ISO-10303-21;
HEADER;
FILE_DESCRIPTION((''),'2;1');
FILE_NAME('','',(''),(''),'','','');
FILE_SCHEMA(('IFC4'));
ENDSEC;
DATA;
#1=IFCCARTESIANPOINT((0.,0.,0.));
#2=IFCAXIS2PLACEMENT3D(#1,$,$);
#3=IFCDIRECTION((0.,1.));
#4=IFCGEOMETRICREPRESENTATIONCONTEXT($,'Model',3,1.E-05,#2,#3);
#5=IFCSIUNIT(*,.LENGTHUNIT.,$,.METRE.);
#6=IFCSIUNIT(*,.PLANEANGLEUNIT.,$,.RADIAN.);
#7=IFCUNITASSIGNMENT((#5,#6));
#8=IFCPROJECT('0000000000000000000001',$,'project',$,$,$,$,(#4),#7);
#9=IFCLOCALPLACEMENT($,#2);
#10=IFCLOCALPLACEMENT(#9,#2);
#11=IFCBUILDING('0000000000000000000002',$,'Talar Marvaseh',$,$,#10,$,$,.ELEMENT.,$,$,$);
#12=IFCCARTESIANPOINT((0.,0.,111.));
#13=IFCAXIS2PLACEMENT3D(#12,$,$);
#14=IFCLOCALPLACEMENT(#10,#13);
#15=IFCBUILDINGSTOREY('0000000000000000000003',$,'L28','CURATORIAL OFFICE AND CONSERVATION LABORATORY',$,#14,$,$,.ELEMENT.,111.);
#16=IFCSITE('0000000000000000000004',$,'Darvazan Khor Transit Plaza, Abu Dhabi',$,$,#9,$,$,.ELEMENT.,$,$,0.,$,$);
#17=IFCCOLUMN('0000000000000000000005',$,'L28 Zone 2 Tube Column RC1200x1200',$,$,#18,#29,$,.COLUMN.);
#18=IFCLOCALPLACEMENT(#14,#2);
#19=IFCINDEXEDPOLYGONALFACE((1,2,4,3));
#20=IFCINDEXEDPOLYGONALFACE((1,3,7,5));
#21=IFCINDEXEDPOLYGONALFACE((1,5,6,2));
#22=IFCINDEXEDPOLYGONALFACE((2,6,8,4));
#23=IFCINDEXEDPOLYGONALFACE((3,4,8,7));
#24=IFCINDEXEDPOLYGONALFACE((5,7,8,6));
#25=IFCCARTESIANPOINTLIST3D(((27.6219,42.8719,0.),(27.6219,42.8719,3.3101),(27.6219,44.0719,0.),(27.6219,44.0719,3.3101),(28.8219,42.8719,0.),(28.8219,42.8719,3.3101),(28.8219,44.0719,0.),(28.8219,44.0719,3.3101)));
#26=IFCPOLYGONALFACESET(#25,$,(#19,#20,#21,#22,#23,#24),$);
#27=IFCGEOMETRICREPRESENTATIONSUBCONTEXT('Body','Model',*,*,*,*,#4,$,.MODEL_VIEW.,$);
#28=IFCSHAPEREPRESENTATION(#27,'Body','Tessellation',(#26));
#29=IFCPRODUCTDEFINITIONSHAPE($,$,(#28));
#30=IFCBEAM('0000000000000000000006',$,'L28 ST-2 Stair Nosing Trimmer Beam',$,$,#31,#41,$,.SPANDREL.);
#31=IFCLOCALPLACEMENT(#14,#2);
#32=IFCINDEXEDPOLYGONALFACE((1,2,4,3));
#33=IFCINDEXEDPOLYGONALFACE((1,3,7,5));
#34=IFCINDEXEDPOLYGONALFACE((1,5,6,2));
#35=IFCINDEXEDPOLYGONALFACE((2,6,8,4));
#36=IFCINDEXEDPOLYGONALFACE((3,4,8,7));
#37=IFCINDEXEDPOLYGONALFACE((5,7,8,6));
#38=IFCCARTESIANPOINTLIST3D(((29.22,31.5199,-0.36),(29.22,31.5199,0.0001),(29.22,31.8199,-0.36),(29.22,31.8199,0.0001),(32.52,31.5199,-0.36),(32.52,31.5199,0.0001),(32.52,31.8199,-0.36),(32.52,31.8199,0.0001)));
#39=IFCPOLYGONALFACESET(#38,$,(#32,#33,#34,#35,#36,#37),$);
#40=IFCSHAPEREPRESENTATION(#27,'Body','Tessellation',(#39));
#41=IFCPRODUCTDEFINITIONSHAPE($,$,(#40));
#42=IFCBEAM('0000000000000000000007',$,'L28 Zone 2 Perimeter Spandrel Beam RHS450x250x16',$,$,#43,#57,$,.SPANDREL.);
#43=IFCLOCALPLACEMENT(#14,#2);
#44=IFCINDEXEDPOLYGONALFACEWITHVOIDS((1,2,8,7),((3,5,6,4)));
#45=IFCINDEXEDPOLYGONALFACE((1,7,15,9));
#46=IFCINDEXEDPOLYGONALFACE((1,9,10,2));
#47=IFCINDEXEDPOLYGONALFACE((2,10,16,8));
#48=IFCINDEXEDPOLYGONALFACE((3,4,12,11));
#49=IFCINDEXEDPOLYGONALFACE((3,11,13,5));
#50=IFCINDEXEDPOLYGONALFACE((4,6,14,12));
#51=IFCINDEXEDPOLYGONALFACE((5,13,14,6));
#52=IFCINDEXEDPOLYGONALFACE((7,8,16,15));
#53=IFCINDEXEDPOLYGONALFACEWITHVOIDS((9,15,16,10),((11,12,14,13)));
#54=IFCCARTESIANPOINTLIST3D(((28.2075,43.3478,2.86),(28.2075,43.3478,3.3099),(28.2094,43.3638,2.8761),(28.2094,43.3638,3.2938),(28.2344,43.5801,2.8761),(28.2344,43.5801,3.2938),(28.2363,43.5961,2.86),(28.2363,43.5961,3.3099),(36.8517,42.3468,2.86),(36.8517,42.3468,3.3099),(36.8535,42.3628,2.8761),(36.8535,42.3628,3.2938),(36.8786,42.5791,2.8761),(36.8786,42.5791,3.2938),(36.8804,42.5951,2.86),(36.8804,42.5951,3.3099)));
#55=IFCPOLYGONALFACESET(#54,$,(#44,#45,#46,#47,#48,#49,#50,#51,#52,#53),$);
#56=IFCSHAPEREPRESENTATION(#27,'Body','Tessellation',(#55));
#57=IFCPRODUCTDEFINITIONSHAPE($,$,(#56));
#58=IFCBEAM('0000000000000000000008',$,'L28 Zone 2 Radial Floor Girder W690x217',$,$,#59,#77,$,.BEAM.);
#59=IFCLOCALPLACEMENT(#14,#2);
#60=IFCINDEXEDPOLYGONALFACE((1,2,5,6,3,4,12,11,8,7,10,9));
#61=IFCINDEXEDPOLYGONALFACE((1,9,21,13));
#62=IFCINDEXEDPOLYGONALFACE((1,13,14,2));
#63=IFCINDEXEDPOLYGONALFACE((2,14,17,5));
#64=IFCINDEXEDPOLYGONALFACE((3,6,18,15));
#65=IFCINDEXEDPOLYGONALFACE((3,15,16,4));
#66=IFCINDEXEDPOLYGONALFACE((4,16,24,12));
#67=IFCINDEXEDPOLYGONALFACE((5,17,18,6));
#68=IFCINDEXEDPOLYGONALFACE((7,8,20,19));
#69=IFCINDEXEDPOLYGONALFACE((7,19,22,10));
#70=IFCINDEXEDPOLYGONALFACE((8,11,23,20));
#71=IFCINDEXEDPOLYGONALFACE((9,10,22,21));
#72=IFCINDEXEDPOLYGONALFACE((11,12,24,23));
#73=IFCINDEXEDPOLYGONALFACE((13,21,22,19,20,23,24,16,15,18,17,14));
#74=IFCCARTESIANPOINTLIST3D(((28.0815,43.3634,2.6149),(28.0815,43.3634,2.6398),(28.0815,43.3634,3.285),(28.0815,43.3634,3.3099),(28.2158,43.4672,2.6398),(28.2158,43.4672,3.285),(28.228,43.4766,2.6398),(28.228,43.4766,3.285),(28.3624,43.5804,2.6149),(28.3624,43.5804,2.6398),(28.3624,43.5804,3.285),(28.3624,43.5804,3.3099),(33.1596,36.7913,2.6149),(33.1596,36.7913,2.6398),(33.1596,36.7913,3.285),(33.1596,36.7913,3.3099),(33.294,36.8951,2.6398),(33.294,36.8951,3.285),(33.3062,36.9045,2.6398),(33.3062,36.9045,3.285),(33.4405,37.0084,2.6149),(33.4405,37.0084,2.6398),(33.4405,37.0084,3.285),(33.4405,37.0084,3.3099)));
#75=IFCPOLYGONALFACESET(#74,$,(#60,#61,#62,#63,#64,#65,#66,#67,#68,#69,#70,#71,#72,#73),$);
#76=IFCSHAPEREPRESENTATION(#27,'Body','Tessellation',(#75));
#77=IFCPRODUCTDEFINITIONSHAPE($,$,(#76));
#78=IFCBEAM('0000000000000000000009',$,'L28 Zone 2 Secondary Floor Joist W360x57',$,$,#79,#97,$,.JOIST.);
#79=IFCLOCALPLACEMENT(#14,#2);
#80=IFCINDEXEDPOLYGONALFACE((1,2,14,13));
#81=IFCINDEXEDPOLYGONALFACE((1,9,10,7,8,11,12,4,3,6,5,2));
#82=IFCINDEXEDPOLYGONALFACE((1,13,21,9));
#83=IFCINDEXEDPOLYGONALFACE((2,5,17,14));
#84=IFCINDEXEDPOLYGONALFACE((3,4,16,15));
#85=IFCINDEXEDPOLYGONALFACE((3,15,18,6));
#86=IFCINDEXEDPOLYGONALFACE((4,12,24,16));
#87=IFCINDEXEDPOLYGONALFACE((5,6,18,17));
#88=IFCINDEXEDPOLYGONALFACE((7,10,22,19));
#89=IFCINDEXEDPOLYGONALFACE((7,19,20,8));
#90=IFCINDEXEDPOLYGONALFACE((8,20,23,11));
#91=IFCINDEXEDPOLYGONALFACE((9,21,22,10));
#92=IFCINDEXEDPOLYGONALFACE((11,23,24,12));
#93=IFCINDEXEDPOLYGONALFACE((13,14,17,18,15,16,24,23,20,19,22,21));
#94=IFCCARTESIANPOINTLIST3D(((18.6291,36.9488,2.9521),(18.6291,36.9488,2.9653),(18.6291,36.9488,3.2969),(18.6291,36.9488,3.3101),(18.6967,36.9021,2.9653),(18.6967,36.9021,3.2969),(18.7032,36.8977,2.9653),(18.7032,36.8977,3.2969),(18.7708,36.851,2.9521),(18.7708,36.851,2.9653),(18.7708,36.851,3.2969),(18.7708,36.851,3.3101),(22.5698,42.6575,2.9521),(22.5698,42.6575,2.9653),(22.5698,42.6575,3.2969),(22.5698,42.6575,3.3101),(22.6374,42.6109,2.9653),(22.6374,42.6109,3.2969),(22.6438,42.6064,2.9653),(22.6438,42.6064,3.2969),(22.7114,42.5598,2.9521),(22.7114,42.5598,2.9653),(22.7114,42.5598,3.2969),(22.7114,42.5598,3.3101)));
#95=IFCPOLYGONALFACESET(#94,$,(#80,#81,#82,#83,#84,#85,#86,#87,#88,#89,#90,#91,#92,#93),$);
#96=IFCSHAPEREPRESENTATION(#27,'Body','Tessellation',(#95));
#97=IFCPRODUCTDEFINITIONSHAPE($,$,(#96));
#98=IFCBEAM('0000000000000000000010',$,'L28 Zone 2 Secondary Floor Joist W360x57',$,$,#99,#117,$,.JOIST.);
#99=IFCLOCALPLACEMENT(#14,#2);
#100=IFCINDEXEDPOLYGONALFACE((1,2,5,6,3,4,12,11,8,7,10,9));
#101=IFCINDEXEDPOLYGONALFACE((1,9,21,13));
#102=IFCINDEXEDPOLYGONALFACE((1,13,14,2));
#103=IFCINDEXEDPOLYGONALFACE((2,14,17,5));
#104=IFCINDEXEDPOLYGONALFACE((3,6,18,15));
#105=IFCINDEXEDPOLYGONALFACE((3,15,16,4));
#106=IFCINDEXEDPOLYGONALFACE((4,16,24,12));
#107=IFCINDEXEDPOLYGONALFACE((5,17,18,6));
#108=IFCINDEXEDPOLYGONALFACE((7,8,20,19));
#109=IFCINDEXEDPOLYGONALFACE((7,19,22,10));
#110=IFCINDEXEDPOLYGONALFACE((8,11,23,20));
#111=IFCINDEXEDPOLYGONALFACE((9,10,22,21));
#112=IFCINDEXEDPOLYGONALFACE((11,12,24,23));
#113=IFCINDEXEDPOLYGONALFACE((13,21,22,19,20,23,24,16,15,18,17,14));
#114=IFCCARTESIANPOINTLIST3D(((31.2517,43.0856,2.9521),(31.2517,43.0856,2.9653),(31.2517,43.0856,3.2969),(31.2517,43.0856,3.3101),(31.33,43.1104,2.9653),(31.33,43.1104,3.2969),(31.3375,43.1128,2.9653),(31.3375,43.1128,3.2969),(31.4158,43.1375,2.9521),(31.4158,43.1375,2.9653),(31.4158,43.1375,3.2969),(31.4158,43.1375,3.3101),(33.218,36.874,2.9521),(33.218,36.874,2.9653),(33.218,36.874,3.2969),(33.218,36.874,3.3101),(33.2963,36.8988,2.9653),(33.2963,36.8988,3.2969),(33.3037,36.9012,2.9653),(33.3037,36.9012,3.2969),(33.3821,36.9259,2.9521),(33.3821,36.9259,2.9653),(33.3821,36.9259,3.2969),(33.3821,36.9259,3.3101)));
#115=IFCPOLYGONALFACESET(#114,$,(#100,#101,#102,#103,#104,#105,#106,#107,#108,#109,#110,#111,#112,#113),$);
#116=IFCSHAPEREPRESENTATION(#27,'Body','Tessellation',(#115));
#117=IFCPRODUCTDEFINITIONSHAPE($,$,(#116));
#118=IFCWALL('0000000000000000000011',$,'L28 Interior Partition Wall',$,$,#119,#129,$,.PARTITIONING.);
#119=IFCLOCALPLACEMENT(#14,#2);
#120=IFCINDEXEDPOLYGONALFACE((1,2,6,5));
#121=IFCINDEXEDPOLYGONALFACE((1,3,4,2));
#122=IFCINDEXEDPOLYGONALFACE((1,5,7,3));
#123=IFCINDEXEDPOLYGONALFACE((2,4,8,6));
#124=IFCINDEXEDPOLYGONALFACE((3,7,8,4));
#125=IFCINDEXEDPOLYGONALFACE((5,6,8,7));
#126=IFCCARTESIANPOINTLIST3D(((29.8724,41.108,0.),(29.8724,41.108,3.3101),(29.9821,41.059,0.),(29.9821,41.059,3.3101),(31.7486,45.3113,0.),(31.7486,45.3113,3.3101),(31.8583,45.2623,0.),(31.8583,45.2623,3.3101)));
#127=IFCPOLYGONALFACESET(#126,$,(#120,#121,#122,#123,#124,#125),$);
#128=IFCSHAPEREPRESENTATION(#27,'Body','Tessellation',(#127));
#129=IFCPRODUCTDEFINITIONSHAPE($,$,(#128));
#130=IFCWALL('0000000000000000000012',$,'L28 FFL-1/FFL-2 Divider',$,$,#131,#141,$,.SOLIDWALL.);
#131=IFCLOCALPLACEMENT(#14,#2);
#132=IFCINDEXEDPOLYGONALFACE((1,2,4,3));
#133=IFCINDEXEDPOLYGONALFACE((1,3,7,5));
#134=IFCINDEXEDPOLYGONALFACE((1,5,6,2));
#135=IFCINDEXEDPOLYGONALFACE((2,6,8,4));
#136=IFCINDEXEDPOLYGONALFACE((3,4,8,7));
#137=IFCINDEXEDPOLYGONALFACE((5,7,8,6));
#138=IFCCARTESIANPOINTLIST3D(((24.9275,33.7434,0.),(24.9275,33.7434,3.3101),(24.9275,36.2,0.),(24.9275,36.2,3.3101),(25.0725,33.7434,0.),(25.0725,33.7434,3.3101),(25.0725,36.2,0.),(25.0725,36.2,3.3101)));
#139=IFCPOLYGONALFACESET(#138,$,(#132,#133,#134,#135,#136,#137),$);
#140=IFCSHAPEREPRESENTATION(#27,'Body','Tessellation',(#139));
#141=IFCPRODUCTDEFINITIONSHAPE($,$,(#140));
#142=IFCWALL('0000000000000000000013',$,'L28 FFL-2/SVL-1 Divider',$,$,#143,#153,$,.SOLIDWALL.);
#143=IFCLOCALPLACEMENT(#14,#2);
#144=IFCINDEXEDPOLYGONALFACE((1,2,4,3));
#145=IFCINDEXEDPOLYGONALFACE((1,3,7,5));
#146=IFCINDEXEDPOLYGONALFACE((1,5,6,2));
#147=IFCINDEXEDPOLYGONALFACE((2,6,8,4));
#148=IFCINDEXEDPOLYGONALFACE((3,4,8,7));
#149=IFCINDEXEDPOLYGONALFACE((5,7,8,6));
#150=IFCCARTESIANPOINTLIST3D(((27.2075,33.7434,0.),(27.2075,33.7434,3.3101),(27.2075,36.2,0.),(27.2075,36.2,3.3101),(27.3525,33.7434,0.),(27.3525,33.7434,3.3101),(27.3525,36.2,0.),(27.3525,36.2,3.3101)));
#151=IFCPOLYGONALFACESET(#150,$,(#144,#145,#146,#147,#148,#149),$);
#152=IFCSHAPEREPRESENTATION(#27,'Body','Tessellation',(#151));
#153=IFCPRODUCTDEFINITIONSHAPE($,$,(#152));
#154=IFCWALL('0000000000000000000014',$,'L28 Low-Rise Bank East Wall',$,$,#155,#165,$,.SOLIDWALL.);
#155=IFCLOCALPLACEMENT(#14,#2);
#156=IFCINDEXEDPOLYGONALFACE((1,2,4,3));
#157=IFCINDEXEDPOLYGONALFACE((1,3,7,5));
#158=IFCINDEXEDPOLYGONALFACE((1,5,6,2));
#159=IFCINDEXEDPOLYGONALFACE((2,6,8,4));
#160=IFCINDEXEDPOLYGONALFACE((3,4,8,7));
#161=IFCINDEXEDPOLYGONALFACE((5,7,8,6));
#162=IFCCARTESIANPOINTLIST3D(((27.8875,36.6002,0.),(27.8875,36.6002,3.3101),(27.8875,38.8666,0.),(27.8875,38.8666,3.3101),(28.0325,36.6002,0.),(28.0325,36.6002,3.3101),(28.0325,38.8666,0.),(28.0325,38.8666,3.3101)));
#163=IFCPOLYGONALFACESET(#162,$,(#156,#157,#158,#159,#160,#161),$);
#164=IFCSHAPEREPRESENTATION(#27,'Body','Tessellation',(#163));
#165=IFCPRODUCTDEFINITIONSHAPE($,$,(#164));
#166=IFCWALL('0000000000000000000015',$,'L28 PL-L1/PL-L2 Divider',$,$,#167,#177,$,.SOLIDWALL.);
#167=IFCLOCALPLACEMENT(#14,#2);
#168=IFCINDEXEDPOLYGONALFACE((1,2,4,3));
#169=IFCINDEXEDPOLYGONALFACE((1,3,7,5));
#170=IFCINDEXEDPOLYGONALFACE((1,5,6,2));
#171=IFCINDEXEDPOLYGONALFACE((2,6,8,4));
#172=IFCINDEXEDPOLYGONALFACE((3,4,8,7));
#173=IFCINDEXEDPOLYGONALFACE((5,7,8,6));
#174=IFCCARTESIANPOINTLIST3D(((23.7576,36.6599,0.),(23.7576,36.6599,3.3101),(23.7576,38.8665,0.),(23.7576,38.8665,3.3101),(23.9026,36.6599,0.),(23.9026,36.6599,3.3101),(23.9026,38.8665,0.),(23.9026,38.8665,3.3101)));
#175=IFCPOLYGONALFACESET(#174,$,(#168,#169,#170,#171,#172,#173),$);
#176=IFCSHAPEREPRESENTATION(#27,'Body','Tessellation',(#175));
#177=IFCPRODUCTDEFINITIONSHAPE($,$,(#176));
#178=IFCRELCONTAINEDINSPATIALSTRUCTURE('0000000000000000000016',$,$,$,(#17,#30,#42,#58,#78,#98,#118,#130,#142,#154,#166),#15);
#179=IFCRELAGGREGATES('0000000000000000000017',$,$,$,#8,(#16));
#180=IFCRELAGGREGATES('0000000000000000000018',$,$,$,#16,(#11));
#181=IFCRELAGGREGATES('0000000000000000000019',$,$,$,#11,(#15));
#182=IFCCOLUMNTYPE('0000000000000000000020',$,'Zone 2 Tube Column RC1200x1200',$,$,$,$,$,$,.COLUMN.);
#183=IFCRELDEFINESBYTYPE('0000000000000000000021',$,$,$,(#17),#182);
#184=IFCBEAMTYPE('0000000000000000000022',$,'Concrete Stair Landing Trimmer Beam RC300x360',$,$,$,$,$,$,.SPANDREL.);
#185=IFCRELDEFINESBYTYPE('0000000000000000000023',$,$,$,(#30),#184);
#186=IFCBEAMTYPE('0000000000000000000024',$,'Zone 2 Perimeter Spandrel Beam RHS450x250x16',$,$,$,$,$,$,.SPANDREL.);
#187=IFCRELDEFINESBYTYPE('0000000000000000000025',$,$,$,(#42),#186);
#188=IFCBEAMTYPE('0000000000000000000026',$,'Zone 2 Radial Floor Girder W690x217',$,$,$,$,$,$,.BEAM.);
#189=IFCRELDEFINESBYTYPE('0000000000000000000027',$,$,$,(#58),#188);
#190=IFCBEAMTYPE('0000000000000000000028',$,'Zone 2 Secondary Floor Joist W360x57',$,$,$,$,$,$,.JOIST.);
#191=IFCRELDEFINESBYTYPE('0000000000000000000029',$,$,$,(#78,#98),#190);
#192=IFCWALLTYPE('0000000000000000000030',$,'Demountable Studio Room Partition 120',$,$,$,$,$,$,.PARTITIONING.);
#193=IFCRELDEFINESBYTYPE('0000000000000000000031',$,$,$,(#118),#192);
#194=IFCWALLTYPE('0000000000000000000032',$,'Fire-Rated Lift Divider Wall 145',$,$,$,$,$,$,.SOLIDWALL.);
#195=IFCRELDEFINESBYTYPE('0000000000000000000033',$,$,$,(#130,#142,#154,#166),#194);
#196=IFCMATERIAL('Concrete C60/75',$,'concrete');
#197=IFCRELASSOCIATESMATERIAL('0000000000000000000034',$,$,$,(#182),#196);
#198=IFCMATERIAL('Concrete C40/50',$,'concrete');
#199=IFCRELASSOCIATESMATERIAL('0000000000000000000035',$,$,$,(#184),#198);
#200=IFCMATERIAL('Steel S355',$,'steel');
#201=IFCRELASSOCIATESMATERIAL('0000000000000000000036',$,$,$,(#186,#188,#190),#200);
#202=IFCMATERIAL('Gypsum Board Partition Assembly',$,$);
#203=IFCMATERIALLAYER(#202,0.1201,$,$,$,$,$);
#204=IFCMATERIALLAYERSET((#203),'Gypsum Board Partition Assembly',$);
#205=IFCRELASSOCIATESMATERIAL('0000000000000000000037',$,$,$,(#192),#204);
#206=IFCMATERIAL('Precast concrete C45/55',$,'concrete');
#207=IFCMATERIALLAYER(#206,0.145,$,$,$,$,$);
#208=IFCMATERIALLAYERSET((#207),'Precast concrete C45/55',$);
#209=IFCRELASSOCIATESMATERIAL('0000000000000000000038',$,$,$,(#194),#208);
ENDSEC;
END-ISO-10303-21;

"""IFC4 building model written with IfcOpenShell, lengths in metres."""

from ifc_helpers import new_model, si_unit, direction, frame, frame_2d, origin, origin_2d, place, context, subcontext, project, spatial, rectangle, hollow_rectangle, i_section, extrude, material, layer, layer_set, material_profile, profile_set, type_object, element, save


model = new_model("IFC4")

# Units and contexts
model_context = context("Model", 3, precision=1e-05, world=origin(), true_north=direction((0.0, 1.0)))
body_context = subcontext(model_context, "Body", "Model", "MODEL_VIEW")
ifc_project = project(units=[si_unit("LENGTHUNIT", "METRE"), si_unit("PLANEANGLEUNIT", "RADIAN")], contexts=[model_context])

# Site, building, storey
site_placement = place(None, origin())
site = spatial("IfcSite", under=ifc_project, at=site_placement, Name="Darvazan Khor Transit Plaza, Abu Dhabi", CompositionType="ELEMENT", RefElevation=0.0)
building_placement = place(site_placement, origin())
building = spatial("IfcBuilding", under=site, at=building_placement, Name="Talar Marvaseh", CompositionType="ELEMENT")
storey_placement = place(building_placement, frame((0.0, 0.0, 111.0)))
storey = spatial("IfcBuildingStorey", under=building, at=storey_placement, Name="L28", Description="CURATORIAL OFFICE AND CONSERVATION LABORATORY", CompositionType="ELEMENT", Elevation=111.0)

# Column
ifc_material_1 = material(Name="Concrete C60/75", Category="concrete")
ifc_material_profile_1 = material_profile(ifc_material_1, rectangle(XDim=1.2, YDim=1.2, at=origin_2d()), Name="RC1200x1200")
ifc_profile_set_1 = profile_set([ifc_material_profile_1], Name="Concrete C60/75")
column_type = type_object("IfcColumnType", Name="Zone 2 Tube Column RC1200x1200", PredefinedType="COLUMN", material=ifc_profile_set_1)
column_placement = place(storey_placement, frame((28.2219, 43.4719, 0.0), z_axis=(0.0, 0.0, 1.0), x_axis=(1.0, 0.0, 0.0)))
element("IfcColumn", 1, at=column_placement, inside=storey, type_object=column_type, Name="L28 Zone 2 Tube Column RC1200x1200", PredefinedType="COLUMN", context=body_context, shape_type="SweptSolid", body=[
    extrude(rectangle(XDim=1.2, YDim=1.2, at=origin_2d()), origin(), (0.0, 0.0, 1.0), 3.3101),
])

# Beams
ifc_material_2 = material(Name="Concrete C40/50", Category="concrete")
ifc_material_profile_2 = material_profile(ifc_material_2, rectangle(XDim=0.3, YDim=0.3601, at=origin_2d()), Name="RC300x360")
ifc_profile_set_2 = profile_set([ifc_material_profile_2], Name="Concrete C40/50")
beam_type_1 = type_object("IfcBeamType", Name="Concrete Stair Landing Trimmer Beam RC300x360", PredefinedType="SPANDREL", material=ifc_profile_set_2)
beam_1_placement = place(storey_placement, frame((29.22, 31.6699, -0.1799), z_axis=(1.0, 0.0, 0.0), x_axis=(0.0, 1.0, 0.0)))
element("IfcBeam", 2, at=beam_1_placement, inside=storey, type_object=beam_type_1, Name="L28 ST-2 Stair Nosing Trimmer Beam", PredefinedType="SPANDREL", context=body_context, shape_type="SweptSolid", body=[
    extrude(rectangle(XDim=0.3, YDim=0.3601, at=origin_2d()), origin(), (0.0, 0.0, 1.0), 3.3),
])
ifc_material_3 = material(Name="Steel S355", Category="steel")
ifc_material_profile_3 = material_profile(ifc_material_3, hollow_rectangle(XDim=0.25, YDim=0.45, WallThickness=0.0161, at=origin_2d()), Name="RHS450x250x16")
ifc_profile_set_3 = profile_set([ifc_material_profile_3], Name="Steel S355")
beam_type_2 = type_object("IfcBeamType", Name="Zone 2 Perimeter Spandrel Beam RHS450x250x16", PredefinedType="SPANDREL", material=ifc_profile_set_3)
beam_2_placement = place(storey_placement, frame((28.2219, 43.4719, 3.085), z_axis=(0.993362, -0.115031, 0.0), x_axis=(0.115031, 0.993362, 0.0)))
element("IfcBeam", 3, at=beam_2_placement, inside=storey, type_object=beam_type_2, Name="L28 Zone 2 Perimeter Spandrel Beam RHS450x250x16", PredefinedType="SPANDREL", context=body_context, shape_type="SweptSolid", body=[
    extrude(hollow_rectangle(XDim=0.25, YDim=0.45, WallThickness=0.0161, at=origin_2d()), origin(), (0.0, 0.0, 1.0), 8.7019),
])
ifc_material_profile_4 = material_profile(ifc_material_3, i_section(OverallWidth=0.355, OverallDepth=0.6951, WebThickness=0.0154, FlangeThickness=0.0249, at=origin_2d()), Name="W690x217")
ifc_profile_set_4 = profile_set([ifc_material_profile_4], Name="Steel S355")
beam_type_3 = type_object("IfcBeamType", Name="Zone 2 Radial Floor Girder W690x217", PredefinedType="BEAM", material=ifc_profile_set_4)
beam_3_placement = place(storey_placement, frame((28.2219, 43.4719, 2.9624), z_axis=(0.611428, -0.7913, 0.0), x_axis=(0.7913, 0.611428, 0.0)))
element("IfcBeam", 4, at=beam_3_placement, inside=storey, type_object=beam_type_3, Name="L28 Zone 2 Radial Floor Girder W690x217", PredefinedType="BEAM", context=body_context, shape_type="SweptSolid", body=[
    extrude(i_section(OverallWidth=0.355, OverallDepth=0.6951, WebThickness=0.0154, FlangeThickness=0.0249, at=origin_2d()), origin(), (0.0, 0.0, 1.0), 8.3054),
])
ifc_material_profile_5 = material_profile(ifc_material_3, i_section(OverallWidth=0.1721, OverallDepth=0.3579, WebThickness=0.0078, FlangeThickness=0.0132, at=origin_2d()), Name="W360x57")
ifc_profile_set_5 = profile_set([ifc_material_profile_5], Name="Steel S355")
beam_type_4 = type_object("IfcBeamType", Name="Zone 2 Secondary Floor Joist W360x57", PredefinedType="JOIST", material=ifc_profile_set_5)
beam_4_placement = place(storey_placement, frame((22.6406, 42.6086, 3.1311), z_axis=(-0.568086, -0.822969, 0.0), x_axis=(0.822969, -0.568086, 0.0)))
element("IfcBeam", 5, at=beam_4_placement, inside=storey, type_object=beam_type_4, Name="L28 Zone 2 Secondary Floor Joist W360x57", PredefinedType="JOIST", context=body_context, shape_type="SweptSolid", body=[
    extrude(i_section(OverallWidth=0.1721, OverallDepth=0.3579, WebThickness=0.0078, FlangeThickness=0.0132, at=origin_2d()), origin(), (0.0, 0.0, 1.0), 6.9368),
])
beam_5_placement = place(storey_placement, frame((31.3337, 43.1116, 3.1311), z_axis=(0.301791, -0.953374, 0.0), x_axis=(0.953374, 0.301791, 0.0)))
element("IfcBeam", 6, at=beam_5_placement, inside=storey, type_object=beam_type_4, Name="L28 Zone 2 Secondary Floor Joist W360x57", PredefinedType="JOIST", context=body_context, shape_type="SweptSolid", body=[
    extrude(i_section(OverallWidth=0.1721, OverallDepth=0.3579, WebThickness=0.0078, FlangeThickness=0.0132, at=origin_2d()), origin(), (0.0, 0.0, 1.0), 6.5154),
])

# Walls
ifc_material_4 = material(Name="Gypsum Board Partition Assembly")
ifc_layer_1 = layer(ifc_material_4, 0.1201)
ifc_layer_set_1 = layer_set([ifc_layer_1], Name="Gypsum Board Partition Assembly")
wall_type_1 = type_object("IfcWallType", Name="Demountable Studio Room Partition 120", PredefinedType="PARTITIONING", material=ifc_layer_set_1)
wall_1_placement = place(storey_placement, frame((29.9272, 41.0835, 0.0), z_axis=(0.0, 0.0, 1.0), x_axis=(0.4076, 0.913161, 0.0)))
element("IfcWall", 7, at=wall_1_placement, inside=storey, type_object=wall_type_1, Name="L28 Interior Partition Wall", PredefinedType="PARTITIONING", context=body_context, shape_type="SweptSolid", body=[
    extrude(rectangle(XDim=4.603, YDim=0.1201, at=frame_2d((2.3015, 0.0))), origin(), (0.0, 0.0, 1.0), 3.3101),
])
ifc_material_5 = material(Name="Precast concrete C45/55", Category="concrete")
ifc_layer_2 = layer(ifc_material_5, 0.145)
ifc_layer_set_2 = layer_set([ifc_layer_2], Name="Precast concrete C45/55")
wall_type_2 = type_object("IfcWallType", Name="Fire-Rated Lift Divider Wall 145", PredefinedType="SOLIDWALL", material=ifc_layer_set_2)
for number, where, z_axis, x_axis, name in (
    (8, (25.0, 33.7434, 0.0), (0.0, 0.0, 1.0), (0.0, 1.0, 0.0), "L28 FFL-1/FFL-2 Divider"),
    (9, (27.28, 33.7434, 0.0), (0.0, 0.0, 1.0), (0.0, 1.0, 0.0), "L28 FFL-2/SVL-1 Divider"),
):
    element("IfcWall", number, at=place(storey_placement, frame(where, z_axis=z_axis, x_axis=x_axis)), inside=storey, type_object=wall_type_2, Name=name, PredefinedType="SOLIDWALL", context=body_context, shape_type="SweptSolid", body=[
        extrude(rectangle(XDim=2.4565, YDim=0.145, at=frame_2d((1.2283, 0.0))), origin(), (0.0, 0.0, 1.0), 3.3101),
    ])
wall_2_placement = place(storey_placement, frame((27.96, 36.6001, 0.0), z_axis=(0.0, 0.0, 1.0), x_axis=(0.0, 1.0, 0.0)))
element("IfcWall", 10, at=wall_2_placement, inside=storey, type_object=wall_type_2, Name="L28 Low-Rise Bank East Wall", PredefinedType="SOLIDWALL", context=body_context, shape_type="SweptSolid", body=[
    extrude(rectangle(XDim=2.2664, YDim=0.145, at=frame_2d((1.1333, 0.0))), origin(), (0.0, 0.0, 1.0), 3.3101),
])
for number, where, z_axis, x_axis, name in (
    (11, (23.8301, 36.6599, 0.0), (0.0, 0.0, 1.0), (0.0, 1.0, 0.0), "L28 PL-L1/PL-L2 Divider"),
):
    element("IfcWall", number, at=place(storey_placement, frame(where, z_axis=z_axis, x_axis=x_axis)), inside=storey, type_object=wall_type_2, Name=name, PredefinedType="SOLIDWALL", context=body_context, shape_type="SweptSolid", body=[
        extrude(rectangle(XDim=2.2065, YDim=0.145, at=frame_2d((1.1033, 0.0))), origin(), (0.0, 0.0, 1.0), 3.3101),
    ])

save(model, "model.ifc")
